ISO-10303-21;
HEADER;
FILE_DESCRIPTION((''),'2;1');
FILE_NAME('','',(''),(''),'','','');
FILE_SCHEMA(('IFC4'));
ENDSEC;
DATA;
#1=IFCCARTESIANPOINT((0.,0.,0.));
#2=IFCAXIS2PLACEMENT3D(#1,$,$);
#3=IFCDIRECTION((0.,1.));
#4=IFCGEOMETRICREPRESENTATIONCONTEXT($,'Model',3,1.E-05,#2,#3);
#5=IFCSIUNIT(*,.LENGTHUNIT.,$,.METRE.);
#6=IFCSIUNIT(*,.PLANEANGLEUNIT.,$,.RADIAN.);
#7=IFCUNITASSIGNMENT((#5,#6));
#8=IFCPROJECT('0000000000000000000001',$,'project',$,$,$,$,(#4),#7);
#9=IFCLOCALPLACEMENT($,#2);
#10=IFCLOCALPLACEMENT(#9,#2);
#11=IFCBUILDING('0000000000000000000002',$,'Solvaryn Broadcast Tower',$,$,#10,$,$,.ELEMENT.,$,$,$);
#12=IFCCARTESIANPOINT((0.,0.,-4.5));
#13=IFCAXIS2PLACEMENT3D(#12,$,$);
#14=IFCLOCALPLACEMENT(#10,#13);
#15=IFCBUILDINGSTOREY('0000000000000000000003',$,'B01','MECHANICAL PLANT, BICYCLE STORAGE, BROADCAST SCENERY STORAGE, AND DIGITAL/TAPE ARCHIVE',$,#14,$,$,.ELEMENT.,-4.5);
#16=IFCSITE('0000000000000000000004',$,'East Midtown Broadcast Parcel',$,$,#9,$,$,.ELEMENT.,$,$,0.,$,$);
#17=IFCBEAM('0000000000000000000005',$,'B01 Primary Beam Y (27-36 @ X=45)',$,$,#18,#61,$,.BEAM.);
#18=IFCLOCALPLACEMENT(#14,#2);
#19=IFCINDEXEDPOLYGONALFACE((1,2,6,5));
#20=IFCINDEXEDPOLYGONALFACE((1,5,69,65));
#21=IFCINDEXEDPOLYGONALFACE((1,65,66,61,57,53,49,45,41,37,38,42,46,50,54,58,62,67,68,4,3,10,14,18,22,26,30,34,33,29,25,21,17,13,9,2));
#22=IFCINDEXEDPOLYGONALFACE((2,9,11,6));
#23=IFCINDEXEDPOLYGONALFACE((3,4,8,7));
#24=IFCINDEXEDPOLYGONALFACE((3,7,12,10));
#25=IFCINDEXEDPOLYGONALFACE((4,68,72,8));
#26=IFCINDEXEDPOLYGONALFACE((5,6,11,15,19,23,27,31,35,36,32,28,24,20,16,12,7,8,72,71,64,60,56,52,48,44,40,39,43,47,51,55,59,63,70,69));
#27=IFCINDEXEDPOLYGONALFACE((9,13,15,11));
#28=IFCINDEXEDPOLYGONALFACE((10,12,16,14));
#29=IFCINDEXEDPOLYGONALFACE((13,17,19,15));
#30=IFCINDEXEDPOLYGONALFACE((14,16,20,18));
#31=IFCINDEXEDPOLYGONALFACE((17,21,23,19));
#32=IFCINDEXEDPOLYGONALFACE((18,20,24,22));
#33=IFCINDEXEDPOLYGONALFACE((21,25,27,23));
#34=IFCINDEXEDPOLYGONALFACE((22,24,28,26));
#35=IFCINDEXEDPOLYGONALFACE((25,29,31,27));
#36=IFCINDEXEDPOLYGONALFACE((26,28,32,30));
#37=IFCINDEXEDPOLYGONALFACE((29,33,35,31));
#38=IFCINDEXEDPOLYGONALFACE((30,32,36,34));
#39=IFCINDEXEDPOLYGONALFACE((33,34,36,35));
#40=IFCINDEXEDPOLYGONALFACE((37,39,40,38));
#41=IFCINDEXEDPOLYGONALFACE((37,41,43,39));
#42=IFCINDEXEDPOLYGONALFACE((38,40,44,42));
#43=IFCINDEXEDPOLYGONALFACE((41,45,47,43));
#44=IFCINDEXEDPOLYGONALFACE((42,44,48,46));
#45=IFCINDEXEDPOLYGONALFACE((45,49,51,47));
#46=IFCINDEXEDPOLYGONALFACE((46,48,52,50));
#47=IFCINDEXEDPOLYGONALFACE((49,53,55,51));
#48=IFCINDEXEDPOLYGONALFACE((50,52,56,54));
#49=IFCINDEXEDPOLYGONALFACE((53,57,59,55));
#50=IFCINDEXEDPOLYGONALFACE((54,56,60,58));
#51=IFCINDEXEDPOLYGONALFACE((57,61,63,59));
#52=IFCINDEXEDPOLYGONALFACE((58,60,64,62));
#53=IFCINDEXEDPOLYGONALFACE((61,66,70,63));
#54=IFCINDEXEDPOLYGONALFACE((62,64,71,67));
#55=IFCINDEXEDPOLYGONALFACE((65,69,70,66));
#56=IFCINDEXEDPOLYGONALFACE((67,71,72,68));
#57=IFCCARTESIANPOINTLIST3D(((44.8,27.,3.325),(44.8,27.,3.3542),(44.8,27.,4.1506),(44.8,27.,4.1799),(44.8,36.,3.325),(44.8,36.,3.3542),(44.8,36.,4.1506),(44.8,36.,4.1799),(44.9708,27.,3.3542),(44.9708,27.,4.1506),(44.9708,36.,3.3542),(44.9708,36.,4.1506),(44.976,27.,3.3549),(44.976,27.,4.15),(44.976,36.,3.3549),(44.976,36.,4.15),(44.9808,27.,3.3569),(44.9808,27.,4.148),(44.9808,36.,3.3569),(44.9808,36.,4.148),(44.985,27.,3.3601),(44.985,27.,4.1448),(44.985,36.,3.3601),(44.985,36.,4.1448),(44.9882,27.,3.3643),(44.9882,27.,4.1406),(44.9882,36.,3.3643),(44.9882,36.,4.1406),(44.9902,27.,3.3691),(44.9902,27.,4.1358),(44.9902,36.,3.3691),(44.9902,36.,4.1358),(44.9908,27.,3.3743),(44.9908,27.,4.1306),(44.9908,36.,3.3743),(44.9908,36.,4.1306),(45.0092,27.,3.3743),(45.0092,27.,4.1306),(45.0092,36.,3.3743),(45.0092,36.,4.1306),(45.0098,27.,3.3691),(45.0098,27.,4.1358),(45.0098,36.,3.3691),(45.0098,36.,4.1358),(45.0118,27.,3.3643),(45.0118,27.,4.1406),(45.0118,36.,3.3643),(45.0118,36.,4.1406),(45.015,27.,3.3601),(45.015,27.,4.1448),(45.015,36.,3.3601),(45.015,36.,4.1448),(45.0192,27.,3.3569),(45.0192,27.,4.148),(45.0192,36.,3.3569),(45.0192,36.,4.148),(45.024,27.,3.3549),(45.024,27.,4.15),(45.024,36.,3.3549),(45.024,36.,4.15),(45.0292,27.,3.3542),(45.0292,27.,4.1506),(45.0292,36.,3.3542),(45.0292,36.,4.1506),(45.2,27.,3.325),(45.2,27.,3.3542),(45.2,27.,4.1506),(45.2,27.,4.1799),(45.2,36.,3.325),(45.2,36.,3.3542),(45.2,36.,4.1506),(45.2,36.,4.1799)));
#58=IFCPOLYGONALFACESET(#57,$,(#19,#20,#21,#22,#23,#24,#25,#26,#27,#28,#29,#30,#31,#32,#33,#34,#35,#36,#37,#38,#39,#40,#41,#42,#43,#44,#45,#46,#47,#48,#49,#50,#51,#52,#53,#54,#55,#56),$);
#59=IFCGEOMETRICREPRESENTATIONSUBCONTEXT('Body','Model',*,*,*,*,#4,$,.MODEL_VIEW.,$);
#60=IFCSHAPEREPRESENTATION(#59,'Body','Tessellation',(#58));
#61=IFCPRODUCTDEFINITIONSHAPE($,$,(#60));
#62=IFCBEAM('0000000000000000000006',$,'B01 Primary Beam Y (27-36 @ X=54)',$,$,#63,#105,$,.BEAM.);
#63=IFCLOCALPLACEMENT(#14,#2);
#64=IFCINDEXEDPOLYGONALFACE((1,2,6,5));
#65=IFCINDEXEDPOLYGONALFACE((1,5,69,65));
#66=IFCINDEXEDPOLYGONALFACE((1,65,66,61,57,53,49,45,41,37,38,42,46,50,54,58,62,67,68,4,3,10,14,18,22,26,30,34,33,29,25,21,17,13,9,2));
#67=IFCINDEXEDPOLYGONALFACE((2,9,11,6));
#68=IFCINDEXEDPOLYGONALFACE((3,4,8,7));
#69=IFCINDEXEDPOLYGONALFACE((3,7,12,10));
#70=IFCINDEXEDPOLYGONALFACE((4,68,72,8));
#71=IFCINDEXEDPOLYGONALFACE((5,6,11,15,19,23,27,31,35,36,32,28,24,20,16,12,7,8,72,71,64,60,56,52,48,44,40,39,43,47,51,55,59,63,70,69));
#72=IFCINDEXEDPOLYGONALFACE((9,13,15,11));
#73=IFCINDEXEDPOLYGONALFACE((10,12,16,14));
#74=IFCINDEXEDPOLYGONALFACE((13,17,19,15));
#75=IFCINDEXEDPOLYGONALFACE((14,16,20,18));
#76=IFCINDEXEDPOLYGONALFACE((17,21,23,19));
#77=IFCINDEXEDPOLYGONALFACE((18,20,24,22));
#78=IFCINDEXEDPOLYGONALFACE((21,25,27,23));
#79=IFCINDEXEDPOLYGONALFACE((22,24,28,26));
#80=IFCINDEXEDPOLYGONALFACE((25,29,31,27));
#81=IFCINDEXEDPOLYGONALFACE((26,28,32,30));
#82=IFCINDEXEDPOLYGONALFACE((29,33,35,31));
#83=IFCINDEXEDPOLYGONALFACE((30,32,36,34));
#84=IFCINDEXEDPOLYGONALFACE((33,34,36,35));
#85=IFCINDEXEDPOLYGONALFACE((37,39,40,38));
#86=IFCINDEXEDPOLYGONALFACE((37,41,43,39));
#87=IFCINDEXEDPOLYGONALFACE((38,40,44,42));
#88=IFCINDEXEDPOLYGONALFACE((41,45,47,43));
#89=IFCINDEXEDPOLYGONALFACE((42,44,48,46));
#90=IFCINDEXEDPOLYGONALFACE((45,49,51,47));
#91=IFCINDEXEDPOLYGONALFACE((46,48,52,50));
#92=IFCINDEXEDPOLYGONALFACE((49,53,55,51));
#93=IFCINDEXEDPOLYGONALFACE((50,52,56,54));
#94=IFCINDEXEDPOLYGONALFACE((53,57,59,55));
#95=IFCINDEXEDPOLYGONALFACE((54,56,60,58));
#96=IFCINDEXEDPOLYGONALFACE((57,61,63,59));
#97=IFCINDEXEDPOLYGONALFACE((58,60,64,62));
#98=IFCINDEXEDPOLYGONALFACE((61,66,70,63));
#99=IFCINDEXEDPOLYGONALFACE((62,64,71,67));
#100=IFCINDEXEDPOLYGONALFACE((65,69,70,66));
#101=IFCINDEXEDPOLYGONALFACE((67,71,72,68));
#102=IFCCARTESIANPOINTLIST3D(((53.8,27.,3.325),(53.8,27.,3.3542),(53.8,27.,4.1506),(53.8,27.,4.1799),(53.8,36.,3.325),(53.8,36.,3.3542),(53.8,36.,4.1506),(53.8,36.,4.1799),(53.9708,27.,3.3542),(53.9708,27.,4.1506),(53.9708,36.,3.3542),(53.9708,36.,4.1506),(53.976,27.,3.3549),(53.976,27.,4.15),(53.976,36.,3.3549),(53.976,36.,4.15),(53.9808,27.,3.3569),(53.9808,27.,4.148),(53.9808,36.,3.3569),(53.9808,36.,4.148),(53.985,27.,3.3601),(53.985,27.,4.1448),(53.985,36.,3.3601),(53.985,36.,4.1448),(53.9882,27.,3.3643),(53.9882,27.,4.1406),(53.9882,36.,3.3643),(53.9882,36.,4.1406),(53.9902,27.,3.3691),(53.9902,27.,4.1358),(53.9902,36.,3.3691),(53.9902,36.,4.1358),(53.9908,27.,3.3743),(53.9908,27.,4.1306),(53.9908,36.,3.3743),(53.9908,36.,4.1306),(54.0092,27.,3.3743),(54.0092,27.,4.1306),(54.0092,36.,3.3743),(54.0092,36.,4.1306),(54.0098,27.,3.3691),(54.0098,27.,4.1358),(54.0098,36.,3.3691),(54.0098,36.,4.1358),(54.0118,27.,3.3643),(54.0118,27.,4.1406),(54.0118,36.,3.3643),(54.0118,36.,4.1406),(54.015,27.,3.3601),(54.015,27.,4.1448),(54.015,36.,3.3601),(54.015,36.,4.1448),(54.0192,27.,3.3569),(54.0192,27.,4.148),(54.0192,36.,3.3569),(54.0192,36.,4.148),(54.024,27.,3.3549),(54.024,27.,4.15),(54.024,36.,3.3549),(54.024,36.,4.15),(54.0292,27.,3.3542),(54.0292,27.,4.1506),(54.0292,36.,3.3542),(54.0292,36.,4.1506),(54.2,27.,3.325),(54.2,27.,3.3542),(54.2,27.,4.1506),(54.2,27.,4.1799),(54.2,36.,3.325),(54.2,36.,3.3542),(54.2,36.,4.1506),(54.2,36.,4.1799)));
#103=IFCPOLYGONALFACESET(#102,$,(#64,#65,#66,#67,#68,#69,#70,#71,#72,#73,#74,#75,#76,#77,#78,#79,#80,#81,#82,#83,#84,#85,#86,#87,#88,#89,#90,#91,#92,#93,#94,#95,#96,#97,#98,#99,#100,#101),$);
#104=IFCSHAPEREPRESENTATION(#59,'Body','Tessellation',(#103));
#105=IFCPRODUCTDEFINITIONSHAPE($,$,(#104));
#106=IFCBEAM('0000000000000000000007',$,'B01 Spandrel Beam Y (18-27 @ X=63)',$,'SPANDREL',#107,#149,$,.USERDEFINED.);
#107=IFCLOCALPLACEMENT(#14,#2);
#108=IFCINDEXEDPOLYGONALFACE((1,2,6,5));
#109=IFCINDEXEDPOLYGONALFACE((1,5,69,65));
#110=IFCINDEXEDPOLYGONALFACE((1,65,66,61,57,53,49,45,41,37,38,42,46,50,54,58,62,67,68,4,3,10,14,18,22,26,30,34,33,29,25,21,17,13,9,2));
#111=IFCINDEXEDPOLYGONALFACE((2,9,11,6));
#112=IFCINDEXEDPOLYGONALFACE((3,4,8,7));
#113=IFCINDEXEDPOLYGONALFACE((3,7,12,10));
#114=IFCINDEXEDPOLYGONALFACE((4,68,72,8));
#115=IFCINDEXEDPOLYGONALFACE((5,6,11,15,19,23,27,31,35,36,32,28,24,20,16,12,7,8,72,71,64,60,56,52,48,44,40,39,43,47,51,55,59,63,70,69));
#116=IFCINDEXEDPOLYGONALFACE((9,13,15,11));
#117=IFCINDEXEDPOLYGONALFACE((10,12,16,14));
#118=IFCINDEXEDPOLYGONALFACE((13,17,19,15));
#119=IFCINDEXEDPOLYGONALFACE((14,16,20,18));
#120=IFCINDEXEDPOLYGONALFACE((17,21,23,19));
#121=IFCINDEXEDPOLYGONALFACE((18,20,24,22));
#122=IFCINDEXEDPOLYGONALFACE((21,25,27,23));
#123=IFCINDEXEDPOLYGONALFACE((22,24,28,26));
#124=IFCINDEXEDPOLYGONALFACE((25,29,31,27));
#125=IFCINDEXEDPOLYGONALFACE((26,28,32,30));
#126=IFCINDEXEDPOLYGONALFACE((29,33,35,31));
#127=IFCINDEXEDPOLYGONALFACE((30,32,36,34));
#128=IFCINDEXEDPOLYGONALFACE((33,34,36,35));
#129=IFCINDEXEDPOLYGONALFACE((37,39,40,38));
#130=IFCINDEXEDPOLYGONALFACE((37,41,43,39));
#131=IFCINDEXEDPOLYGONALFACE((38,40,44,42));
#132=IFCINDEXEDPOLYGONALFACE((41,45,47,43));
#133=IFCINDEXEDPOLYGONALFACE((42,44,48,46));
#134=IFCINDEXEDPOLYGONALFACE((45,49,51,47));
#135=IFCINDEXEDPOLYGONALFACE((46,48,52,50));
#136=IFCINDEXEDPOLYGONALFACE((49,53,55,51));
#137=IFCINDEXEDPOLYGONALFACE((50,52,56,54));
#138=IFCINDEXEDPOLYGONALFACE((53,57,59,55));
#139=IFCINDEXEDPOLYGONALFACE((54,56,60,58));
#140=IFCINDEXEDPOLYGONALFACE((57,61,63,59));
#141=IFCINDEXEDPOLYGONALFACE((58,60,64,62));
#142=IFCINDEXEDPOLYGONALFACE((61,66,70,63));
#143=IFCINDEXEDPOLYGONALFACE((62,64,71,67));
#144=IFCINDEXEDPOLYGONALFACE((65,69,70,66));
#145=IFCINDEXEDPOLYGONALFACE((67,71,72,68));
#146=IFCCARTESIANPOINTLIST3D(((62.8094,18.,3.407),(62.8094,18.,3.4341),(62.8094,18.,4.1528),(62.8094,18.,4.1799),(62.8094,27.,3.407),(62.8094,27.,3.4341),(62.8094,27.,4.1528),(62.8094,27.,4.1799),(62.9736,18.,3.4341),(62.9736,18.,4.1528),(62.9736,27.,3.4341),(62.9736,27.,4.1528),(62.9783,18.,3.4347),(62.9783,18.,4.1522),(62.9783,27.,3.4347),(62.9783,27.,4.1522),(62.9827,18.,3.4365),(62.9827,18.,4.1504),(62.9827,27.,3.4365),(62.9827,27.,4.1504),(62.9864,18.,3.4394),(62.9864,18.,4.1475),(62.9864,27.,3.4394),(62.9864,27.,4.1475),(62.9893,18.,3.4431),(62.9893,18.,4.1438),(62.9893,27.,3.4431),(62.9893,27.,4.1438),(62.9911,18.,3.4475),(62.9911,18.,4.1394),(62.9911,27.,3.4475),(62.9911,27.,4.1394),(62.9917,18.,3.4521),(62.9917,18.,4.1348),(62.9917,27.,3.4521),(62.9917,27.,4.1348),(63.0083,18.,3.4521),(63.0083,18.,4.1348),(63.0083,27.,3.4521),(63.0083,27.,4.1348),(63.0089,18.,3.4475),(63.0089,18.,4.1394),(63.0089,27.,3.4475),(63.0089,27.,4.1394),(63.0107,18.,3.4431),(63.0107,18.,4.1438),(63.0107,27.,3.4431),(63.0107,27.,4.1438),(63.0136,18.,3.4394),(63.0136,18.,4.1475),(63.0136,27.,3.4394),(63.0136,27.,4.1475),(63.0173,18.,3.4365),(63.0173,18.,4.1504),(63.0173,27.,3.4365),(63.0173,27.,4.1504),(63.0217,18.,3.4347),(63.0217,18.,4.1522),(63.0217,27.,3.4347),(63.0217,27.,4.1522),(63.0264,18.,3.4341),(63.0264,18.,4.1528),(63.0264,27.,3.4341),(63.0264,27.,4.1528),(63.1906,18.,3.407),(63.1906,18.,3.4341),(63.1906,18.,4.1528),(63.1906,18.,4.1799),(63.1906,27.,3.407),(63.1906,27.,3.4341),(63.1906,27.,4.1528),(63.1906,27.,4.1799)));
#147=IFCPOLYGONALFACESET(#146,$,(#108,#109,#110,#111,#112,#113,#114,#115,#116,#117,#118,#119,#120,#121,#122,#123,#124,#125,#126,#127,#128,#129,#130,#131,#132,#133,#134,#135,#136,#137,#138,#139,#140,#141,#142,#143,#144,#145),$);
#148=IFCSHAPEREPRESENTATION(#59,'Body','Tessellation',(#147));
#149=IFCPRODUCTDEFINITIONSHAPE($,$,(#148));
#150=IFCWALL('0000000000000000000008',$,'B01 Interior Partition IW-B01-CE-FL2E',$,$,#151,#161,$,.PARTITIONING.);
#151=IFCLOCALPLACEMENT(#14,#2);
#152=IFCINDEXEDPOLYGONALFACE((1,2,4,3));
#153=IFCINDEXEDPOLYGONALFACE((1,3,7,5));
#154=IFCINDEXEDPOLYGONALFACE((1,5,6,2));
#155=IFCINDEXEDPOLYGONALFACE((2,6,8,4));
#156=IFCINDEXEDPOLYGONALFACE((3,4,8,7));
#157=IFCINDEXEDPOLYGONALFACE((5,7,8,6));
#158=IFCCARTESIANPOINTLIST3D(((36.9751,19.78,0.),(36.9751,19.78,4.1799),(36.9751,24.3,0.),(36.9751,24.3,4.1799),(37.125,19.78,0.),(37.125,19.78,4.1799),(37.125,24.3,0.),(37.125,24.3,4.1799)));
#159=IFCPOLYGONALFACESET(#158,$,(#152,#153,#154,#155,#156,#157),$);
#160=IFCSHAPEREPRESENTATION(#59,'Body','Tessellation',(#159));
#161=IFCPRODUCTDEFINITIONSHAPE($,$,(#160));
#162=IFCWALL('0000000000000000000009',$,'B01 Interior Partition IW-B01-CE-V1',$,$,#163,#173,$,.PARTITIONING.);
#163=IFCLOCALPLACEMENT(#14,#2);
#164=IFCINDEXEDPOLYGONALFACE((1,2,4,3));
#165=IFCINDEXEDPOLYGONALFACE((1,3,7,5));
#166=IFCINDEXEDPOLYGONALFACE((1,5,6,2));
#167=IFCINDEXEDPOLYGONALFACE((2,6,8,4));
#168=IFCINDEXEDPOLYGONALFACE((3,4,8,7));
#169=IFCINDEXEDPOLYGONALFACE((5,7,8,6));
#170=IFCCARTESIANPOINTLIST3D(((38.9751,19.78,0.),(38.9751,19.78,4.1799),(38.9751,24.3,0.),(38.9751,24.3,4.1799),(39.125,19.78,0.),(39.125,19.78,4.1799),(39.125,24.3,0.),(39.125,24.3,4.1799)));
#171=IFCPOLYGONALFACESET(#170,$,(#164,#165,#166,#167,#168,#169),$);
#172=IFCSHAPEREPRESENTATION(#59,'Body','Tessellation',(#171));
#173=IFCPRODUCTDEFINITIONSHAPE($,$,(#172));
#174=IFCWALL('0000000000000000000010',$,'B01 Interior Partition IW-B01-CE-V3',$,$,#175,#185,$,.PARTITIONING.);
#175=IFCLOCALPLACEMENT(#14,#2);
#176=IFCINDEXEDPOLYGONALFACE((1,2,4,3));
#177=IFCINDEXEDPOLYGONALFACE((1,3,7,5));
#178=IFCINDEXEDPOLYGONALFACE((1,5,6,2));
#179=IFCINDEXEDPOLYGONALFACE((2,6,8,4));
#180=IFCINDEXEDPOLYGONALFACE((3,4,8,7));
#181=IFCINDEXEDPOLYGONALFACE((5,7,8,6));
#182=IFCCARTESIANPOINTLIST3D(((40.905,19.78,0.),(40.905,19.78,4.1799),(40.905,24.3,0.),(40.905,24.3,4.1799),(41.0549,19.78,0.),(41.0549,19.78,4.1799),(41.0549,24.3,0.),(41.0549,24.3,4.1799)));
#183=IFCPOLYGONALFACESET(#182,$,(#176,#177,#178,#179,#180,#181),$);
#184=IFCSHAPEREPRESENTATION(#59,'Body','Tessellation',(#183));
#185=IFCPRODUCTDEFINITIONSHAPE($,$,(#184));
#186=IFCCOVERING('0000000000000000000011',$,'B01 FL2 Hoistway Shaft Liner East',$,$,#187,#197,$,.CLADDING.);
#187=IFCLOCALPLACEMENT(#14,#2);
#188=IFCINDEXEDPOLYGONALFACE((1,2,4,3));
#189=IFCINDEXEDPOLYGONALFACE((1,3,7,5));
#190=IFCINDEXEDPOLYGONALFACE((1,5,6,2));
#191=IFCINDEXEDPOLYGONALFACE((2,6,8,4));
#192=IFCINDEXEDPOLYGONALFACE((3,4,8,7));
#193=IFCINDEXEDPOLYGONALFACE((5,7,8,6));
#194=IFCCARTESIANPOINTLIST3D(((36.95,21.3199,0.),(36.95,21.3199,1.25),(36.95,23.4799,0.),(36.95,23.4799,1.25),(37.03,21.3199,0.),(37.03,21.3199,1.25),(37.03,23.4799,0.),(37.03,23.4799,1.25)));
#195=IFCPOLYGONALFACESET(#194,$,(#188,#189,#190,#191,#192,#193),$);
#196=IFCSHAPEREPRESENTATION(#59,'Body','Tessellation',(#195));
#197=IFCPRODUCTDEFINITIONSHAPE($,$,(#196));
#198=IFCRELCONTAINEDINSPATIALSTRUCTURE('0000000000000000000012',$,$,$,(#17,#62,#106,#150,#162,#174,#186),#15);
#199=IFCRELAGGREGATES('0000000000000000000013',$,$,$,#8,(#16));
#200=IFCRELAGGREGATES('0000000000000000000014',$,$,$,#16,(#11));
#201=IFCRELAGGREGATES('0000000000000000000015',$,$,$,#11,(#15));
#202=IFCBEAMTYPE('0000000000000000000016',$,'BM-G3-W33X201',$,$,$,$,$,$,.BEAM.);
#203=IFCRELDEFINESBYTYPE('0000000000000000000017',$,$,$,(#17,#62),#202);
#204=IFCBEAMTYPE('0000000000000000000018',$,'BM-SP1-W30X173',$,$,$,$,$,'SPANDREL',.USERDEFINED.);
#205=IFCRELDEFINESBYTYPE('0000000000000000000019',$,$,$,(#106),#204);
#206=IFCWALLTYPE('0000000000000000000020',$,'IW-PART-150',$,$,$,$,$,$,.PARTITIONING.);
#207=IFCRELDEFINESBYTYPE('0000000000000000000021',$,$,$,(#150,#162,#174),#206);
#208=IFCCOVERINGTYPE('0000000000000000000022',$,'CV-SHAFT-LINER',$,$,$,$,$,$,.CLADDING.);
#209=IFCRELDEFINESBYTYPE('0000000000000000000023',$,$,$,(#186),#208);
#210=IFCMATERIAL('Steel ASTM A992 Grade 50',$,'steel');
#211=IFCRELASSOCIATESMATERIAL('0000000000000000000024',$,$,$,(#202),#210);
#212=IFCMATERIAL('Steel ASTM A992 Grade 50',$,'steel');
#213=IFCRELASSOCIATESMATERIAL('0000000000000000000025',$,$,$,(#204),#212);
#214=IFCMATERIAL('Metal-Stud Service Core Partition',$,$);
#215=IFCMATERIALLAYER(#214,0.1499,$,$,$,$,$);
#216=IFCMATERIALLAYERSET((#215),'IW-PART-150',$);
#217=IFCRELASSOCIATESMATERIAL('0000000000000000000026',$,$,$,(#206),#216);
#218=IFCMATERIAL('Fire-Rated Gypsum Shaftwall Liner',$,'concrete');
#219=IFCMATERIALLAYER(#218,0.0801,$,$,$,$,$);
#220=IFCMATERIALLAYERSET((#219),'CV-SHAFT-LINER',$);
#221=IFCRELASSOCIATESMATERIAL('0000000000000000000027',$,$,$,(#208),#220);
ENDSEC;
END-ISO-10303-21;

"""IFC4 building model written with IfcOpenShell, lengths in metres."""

from ifc_helpers import new_model, si_unit, direction, frame, frame_2d, origin, origin_2d, place, context, subcontext, project, spatial, rectangle, i_section, extrude, material, layer, layer_set, material_profile, profile_set, type_object, element, save


model = new_model("IFC4")

# Units and contexts
model_context = context("Model", 3, precision=1e-05, world=origin(), true_north=direction((0.0, 1.0)))
body_context = subcontext(model_context, "Body", "Model", "MODEL_VIEW")
ifc_project = project(units=[si_unit("LENGTHUNIT", "METRE"), si_unit("PLANEANGLEUNIT", "RADIAN")], contexts=[model_context])

# Site, building, storey
site_placement = place(None, origin())
site = spatial("IfcSite", under=ifc_project, at=site_placement, Name="East Midtown Broadcast Parcel", CompositionType="ELEMENT", RefElevation=0.0)
building_placement = place(site_placement, origin())
building = spatial("IfcBuilding", under=site, at=building_placement, Name="Solvaryn Broadcast Tower", CompositionType="ELEMENT")
storey_placement = place(building_placement, frame((0.0, 0.0, -4.5)))
storey = spatial("IfcBuildingStorey", under=building, at=storey_placement, Name="B01", Description="MECHANICAL PLANT, BICYCLE STORAGE, BROADCAST SCENERY STORAGE, AND DIGITAL/TAPE ARCHIVE", CompositionType="ELEMENT", Elevation=-4.5)

# Beams
ifc_material_1 = material(Name="Steel ASTM A992 Grade 50", Category="steel")
ifc_material_profile_1 = material_profile(ifc_material_1, i_section(OverallWidth=0.3999, OverallDepth=0.855, WebThickness=0.0183, FlangeThickness=0.0293, FilletRadius=0.02, at=origin_2d()))
ifc_profile_set_1 = profile_set([ifc_material_profile_1], Name="Steel ASTM A992 Grade 50")
beam_type_1 = type_object("IfcBeamType", Name="BM-G3-W33X201", PredefinedType="BEAM", material=ifc_profile_set_1)
for number, where, z_axis, x_axis, name in (
    (1, (45.0, 27.0, 3.7524), (0.0, 1.0, 0.0), (-1.0, 0.0, 0.0), "B01 Primary Beam Y (27-36 @ X=45)"),
    (2, (54.0, 27.0, 3.7524), (0.0, 1.0, 0.0), (-1.0, 0.0, 0.0), "B01 Primary Beam Y (27-36 @ X=54)"),
):
    element("IfcBeam", number, at=place(storey_placement, frame(where, z_axis=z_axis, x_axis=x_axis)), inside=storey, type_object=beam_type_1, Name=name, PredefinedType="BEAM", context=body_context, shape_type="SweptSolid", body=[
        extrude(i_section(OverallWidth=0.3999, OverallDepth=0.855, WebThickness=0.0183, FlangeThickness=0.0293, FilletRadius=0.02, at=origin_2d()), origin(), (0.0, 0.0, 1.0), 9.0),
    ])
ifc_material_2 = material(Name="Steel ASTM A992 Grade 50", Category="steel")
ifc_material_profile_2 = material_profile(ifc_material_2, i_section(OverallWidth=0.3811, OverallDepth=0.7729, WebThickness=0.0166, FlangeThickness=0.0271, FilletRadius=0.0181, at=origin_2d()))
ifc_profile_set_2 = profile_set([ifc_material_profile_2], Name="Steel ASTM A992 Grade 50")
beam_type_2 = type_object("IfcBeamType", Name="BM-SP1-W30X173", ElementType="SPANDREL", PredefinedType="USERDEFINED", material=ifc_profile_set_2)
beam_placement = place(storey_placement, frame((63.0, 18.0, 3.7935), z_axis=(0.0, 1.0, 0.0), x_axis=(-1.0, 0.0, 0.0)))
element("IfcBeam", 3, at=beam_placement, inside=storey, type_object=beam_type_2, Name="B01 Spandrel Beam Y (18-27 @ X=63)", ObjectType="SPANDREL", PredefinedType="USERDEFINED", context=body_context, shape_type="SweptSolid", body=[
    extrude(i_section(OverallWidth=0.3811, OverallDepth=0.7729, WebThickness=0.0166, FlangeThickness=0.0271, FilletRadius=0.0181, at=origin_2d()), origin(), (0.0, 0.0, 1.0), 9.0),
])

# Walls
ifc_material_3 = material(Name="Metal-Stud Service Core Partition")
ifc_layer_1 = layer(ifc_material_3, 0.1499)
ifc_layer_set_1 = layer_set([ifc_layer_1], Name="IW-PART-150")
wall_type_1 = type_object("IfcWallType", Name="IW-PART-150", PredefinedType="PARTITIONING", material=ifc_layer_set_1)
for number, where, z_axis, x_axis, name in (
    (4, (37.05, 19.78, 0.0), (0.0, 0.0, 1.0), (0.0, 1.0, 0.0), "B01 Interior Partition IW-B01-CE-FL2E"),
    (5, (39.05, 19.78, 0.0), (0.0, 0.0, 1.0), (0.0, 1.0, 0.0), "B01 Interior Partition IW-B01-CE-V1"),
    (6, (40.98, 19.78, 0.0), (0.0, 0.0, 1.0), (0.0, 1.0, 0.0), "B01 Interior Partition IW-B01-CE-V3"),
):
    element("IfcWall", number, at=place(storey_placement, frame(where, z_axis=z_axis, x_axis=x_axis)), inside=storey, type_object=wall_type_1, Name=name, PredefinedType="PARTITIONING", context=body_context, shape_type="SweptSolid", body=[
        extrude(rectangle(XDim=4.52, YDim=0.1499, at=frame_2d((2.26, 0.0))), origin(), (0.0, 0.0, 1.0), 4.1799),
    ])

# Covering
ifc_material_4 = material(Name="Fire-Rated Gypsum Shaftwall Liner", Category="concrete")
ifc_layer_2 = layer(ifc_material_4, 0.0801)
ifc_layer_set_2 = layer_set([ifc_layer_2], Name="CV-SHAFT-LINER")
covering_type = type_object("IfcCoveringType", Name="CV-SHAFT-LINER", PredefinedType="CLADDING", material=ifc_layer_set_2)
covering_1_placement = place(storey_placement, frame((36.99, 22.3999, 0.0), z_axis=(0.0, 0.0, 1.0), x_axis=(1.0, 0.0, 0.0)))
element("IfcCovering", 7, at=covering_1_placement, inside=storey, type_object=covering_type, Name="B01 FL2 Hoistway Shaft Liner East", PredefinedType="CLADDING", context=body_context, shape_type="SweptSolid", body=[
    extrude(rectangle(XDim=0.0801, YDim=2.1599, at=origin_2d()), origin(), (0.0, 0.0, 1.0), 1.25),
])

save(model, "model.ifc")
